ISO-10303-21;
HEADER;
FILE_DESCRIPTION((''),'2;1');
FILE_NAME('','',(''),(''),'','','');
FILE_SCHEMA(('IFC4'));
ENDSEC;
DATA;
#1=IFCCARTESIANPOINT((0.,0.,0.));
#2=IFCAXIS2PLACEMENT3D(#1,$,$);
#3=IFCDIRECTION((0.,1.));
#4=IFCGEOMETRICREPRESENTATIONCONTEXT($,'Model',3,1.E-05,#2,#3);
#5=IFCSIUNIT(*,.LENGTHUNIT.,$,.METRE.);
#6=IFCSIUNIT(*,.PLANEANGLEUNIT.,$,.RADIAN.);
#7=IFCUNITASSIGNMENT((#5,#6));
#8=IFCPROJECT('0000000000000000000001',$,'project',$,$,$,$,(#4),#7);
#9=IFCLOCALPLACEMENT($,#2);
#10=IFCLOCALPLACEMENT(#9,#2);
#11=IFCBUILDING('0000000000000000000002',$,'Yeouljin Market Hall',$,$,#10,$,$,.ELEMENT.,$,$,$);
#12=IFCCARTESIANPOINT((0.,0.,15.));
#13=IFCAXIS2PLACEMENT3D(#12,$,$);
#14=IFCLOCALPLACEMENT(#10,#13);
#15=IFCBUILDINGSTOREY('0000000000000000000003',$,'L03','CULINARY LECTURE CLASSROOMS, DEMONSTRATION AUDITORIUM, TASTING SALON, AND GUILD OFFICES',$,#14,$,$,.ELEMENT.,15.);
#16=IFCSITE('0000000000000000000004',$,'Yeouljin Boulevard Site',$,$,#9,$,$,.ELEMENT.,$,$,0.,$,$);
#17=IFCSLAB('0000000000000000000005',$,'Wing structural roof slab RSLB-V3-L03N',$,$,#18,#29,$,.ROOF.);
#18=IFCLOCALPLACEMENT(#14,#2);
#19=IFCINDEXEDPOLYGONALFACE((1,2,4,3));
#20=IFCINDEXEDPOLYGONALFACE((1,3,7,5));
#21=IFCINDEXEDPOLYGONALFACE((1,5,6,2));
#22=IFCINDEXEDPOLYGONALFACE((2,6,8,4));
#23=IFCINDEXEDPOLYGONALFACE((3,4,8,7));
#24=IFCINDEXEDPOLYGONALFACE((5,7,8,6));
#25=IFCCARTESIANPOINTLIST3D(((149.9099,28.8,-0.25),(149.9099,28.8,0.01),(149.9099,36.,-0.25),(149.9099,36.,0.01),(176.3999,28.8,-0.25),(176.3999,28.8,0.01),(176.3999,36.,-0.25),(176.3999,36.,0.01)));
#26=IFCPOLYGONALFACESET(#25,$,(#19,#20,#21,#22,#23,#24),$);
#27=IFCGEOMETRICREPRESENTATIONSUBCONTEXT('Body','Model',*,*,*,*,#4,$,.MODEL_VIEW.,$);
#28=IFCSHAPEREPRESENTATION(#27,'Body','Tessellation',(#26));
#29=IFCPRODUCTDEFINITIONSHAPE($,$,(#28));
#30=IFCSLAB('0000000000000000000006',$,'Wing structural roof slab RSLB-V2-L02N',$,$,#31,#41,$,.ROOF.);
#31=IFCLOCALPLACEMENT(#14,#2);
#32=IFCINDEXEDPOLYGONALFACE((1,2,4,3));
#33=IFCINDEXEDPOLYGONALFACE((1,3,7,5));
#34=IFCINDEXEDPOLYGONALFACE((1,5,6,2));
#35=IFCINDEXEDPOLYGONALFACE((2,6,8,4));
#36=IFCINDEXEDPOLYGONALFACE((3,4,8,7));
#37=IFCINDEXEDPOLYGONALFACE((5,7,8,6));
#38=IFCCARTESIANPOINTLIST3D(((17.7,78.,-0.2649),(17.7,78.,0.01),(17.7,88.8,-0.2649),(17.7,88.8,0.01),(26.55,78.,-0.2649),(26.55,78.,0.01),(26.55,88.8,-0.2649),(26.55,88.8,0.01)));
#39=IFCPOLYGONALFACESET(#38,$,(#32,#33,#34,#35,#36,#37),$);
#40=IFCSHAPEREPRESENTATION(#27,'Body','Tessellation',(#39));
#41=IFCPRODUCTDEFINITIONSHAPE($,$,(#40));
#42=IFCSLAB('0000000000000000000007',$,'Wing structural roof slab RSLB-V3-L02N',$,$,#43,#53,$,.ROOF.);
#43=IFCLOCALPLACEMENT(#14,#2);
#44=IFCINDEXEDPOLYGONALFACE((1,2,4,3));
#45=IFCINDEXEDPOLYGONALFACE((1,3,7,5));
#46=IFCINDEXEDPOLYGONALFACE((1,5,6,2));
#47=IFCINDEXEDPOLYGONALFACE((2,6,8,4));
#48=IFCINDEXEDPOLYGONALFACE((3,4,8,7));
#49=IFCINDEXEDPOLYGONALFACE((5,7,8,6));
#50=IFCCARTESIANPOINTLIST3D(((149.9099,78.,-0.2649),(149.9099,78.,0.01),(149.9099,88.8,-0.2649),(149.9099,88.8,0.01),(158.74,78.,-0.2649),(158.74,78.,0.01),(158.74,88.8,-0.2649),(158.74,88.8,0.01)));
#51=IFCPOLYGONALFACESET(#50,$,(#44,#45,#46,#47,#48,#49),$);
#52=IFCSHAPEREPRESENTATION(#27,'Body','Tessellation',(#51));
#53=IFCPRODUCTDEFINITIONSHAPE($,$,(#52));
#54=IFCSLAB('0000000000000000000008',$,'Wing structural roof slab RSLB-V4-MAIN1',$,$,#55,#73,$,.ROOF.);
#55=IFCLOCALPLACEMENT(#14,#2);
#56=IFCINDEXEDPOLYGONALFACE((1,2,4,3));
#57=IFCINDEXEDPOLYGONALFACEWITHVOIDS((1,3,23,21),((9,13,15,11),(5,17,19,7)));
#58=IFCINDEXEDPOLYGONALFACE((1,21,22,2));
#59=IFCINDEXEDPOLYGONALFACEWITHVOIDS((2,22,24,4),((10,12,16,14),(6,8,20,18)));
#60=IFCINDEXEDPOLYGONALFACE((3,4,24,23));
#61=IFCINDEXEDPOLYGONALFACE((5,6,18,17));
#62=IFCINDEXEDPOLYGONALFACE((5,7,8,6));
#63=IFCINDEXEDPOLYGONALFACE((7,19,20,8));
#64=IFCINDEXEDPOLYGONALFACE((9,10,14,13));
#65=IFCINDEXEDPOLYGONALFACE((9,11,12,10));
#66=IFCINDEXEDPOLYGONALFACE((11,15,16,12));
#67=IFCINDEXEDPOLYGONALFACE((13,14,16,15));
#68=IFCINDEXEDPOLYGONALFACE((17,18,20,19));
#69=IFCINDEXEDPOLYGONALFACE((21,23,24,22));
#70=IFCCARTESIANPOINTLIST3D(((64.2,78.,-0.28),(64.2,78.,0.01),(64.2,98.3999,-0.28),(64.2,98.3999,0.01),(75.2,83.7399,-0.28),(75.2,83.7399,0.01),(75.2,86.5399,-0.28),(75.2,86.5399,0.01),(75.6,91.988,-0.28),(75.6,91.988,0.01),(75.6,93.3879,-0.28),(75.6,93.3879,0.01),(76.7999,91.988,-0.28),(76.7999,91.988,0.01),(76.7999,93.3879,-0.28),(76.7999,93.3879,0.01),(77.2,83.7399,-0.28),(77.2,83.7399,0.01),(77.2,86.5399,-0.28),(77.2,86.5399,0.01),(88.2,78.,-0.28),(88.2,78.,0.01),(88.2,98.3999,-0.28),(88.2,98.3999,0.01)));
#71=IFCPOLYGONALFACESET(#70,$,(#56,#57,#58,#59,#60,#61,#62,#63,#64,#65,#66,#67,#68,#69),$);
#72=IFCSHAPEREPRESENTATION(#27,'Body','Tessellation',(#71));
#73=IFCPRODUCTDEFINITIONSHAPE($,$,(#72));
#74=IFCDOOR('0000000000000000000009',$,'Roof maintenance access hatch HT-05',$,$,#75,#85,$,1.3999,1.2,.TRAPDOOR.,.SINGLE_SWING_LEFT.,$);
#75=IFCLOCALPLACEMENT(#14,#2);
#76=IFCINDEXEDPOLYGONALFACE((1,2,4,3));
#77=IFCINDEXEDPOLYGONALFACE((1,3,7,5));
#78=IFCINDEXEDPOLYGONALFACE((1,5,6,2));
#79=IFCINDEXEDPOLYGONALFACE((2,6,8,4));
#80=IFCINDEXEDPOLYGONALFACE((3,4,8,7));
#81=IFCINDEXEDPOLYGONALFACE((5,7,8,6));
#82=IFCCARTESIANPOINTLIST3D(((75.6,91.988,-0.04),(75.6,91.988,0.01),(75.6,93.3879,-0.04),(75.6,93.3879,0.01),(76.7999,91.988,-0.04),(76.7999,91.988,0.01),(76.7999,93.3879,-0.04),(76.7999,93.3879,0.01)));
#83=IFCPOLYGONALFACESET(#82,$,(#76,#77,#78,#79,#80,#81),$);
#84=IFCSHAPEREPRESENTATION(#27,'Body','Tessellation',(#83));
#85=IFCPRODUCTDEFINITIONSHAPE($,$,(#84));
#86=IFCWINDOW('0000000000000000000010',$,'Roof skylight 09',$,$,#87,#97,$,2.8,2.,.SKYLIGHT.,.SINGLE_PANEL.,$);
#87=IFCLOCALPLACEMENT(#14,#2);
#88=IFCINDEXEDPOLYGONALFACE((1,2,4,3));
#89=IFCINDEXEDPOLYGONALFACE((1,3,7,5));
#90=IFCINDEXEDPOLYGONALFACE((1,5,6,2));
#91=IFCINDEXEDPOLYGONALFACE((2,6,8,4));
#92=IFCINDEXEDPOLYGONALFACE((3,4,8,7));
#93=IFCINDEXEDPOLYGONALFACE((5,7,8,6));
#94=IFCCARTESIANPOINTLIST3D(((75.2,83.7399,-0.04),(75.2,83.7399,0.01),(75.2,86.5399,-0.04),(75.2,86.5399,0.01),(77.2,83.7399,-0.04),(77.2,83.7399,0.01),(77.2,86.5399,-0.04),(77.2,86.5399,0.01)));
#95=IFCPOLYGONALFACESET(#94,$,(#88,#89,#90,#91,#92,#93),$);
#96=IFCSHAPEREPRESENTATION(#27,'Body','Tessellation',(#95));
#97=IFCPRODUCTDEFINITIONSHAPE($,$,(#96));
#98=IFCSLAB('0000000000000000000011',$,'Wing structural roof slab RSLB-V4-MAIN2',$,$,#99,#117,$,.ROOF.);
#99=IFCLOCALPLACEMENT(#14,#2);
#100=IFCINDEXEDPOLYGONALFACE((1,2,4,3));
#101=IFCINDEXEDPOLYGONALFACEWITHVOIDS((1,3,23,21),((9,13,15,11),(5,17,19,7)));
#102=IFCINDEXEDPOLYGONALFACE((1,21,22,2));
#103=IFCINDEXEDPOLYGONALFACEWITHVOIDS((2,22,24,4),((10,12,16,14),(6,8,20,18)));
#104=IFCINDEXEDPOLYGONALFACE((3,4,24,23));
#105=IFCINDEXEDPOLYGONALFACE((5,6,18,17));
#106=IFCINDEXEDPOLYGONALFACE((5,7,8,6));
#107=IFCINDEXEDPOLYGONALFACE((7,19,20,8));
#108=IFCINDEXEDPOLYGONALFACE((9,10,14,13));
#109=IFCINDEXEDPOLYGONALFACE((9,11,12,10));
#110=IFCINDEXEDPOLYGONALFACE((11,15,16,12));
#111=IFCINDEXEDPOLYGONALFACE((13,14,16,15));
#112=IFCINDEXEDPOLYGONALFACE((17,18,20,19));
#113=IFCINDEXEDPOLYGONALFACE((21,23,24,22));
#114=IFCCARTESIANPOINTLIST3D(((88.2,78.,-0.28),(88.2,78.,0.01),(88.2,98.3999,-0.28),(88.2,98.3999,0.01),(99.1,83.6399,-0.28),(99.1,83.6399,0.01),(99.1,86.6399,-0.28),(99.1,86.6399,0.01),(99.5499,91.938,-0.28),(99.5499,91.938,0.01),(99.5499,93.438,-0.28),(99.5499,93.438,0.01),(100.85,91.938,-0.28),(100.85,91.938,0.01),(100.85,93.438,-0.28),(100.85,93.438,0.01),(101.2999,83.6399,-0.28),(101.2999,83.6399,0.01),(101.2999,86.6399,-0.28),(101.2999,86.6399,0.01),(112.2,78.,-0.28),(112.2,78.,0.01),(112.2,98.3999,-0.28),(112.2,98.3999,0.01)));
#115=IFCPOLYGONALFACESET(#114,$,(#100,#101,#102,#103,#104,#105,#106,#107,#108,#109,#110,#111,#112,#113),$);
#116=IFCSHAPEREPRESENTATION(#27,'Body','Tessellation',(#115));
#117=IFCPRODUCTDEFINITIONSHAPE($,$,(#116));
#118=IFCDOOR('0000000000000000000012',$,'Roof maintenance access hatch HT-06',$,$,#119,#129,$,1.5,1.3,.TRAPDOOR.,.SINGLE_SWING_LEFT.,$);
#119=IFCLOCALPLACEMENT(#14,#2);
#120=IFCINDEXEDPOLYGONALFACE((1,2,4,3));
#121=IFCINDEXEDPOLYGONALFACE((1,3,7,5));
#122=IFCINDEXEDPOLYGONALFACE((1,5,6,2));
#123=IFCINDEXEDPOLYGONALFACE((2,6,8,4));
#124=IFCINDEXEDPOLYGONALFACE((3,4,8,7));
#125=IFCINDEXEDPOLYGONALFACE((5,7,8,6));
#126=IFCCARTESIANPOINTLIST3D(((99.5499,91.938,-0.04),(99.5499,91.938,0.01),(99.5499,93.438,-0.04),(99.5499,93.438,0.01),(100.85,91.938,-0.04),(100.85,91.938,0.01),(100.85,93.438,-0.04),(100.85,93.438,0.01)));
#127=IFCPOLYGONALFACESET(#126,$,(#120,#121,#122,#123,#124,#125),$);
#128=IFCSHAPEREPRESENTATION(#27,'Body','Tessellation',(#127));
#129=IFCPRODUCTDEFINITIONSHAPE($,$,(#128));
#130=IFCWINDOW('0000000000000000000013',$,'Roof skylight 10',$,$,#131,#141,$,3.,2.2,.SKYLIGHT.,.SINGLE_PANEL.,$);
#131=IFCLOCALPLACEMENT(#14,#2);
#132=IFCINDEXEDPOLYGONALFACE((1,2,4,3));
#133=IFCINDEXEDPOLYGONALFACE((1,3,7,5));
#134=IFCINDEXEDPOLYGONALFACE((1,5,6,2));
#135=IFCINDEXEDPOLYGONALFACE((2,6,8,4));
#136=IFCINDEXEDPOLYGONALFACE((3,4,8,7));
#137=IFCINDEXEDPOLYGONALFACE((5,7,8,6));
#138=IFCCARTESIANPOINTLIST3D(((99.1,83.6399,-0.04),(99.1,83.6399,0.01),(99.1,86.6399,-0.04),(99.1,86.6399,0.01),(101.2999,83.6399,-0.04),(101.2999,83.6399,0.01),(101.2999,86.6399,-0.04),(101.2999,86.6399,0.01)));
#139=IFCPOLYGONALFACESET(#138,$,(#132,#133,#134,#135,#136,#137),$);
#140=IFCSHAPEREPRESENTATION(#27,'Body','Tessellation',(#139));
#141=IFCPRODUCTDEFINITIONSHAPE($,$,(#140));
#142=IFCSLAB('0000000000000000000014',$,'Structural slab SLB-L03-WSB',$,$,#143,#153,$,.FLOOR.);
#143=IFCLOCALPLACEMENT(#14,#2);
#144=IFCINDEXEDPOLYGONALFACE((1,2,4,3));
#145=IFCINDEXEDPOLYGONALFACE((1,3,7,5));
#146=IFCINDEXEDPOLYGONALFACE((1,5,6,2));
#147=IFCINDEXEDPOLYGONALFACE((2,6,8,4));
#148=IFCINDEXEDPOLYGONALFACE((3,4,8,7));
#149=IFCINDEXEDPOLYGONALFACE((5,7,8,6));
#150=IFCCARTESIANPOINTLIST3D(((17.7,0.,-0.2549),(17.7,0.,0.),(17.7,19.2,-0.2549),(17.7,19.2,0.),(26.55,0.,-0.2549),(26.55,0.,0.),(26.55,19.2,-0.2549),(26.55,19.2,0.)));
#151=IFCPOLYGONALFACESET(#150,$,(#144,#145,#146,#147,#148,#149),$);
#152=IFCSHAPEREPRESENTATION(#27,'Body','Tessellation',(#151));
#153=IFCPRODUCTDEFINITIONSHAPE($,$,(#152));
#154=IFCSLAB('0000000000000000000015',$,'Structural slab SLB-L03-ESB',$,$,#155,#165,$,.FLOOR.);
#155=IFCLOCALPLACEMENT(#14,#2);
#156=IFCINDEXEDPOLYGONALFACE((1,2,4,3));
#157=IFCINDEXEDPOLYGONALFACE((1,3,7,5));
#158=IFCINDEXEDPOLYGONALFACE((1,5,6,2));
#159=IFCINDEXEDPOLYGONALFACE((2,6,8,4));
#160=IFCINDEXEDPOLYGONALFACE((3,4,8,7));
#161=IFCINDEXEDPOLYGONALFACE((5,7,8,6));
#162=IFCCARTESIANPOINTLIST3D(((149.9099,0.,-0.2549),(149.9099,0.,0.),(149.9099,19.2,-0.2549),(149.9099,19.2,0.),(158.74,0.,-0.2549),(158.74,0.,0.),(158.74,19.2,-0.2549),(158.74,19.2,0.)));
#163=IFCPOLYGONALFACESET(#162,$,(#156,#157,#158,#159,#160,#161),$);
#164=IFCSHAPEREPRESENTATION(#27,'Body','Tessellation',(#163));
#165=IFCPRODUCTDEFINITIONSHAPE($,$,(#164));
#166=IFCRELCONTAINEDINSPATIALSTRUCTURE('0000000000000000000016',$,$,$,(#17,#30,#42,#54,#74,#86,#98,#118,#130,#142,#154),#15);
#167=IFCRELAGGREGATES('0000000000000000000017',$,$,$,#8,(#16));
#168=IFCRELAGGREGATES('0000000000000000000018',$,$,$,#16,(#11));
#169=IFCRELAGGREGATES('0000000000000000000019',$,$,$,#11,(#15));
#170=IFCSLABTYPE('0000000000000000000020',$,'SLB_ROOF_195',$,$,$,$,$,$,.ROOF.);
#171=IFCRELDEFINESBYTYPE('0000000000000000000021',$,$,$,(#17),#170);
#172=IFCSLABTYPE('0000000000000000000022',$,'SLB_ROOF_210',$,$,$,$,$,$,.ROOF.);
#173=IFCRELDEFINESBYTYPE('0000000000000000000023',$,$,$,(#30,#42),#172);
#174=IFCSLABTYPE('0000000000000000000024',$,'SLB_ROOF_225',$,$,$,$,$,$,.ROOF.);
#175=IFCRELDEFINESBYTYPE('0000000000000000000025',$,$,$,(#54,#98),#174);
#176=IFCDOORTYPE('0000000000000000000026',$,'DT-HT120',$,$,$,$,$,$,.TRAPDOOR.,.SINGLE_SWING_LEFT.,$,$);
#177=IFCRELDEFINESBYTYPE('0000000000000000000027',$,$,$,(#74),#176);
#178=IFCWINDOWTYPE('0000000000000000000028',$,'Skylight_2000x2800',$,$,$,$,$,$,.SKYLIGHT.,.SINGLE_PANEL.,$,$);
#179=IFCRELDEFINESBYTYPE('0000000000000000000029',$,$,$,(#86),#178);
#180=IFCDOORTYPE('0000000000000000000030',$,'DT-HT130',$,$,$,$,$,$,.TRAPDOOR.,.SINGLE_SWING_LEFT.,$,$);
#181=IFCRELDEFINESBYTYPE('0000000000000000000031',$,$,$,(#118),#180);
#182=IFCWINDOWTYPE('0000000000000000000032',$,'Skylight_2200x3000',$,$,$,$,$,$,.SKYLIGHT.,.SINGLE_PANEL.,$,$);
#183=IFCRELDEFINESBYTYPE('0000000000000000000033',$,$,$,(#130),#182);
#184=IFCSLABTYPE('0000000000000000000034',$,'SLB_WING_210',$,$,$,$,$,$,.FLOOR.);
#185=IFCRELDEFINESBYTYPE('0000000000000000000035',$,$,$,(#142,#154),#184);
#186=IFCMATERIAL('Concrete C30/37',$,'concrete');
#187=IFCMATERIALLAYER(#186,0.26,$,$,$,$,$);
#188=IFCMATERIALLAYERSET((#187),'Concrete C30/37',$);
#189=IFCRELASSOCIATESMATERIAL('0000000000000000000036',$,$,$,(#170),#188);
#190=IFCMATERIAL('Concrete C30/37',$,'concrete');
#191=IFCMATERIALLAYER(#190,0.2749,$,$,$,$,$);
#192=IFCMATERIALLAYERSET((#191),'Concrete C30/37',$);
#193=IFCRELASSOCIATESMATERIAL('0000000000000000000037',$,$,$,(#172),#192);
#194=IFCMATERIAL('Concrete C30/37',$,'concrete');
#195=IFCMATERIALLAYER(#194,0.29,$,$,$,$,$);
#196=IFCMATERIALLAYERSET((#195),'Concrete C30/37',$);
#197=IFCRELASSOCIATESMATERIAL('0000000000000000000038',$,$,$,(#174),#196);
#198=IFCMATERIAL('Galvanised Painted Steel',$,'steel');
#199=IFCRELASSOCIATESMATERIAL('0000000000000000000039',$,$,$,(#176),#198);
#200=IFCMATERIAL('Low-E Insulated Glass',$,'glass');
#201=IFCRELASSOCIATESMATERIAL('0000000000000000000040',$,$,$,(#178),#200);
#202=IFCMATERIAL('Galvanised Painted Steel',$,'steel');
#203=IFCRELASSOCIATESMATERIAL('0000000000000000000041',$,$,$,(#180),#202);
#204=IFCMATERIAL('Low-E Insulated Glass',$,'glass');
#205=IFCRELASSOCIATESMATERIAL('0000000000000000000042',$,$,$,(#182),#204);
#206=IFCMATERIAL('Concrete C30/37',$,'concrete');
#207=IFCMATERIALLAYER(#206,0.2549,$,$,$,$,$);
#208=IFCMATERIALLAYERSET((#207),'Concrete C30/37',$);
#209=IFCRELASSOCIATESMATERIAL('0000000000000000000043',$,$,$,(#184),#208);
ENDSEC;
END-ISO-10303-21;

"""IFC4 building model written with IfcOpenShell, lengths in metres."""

from ifc_helpers import new_model, si_unit, direction, frame, origin, origin_2d, place, context, subcontext, project, spatial, polyline, rectangle, outline, extrude, material, layer, layer_set, type_object, element, fill, save


model = new_model("IFC4")

# Units and contexts
model_context = context("Model", 3, precision=1e-05, world=origin(), true_north=direction((0.0, 1.0)))
body_context = subcontext(model_context, "Body", "Model", "MODEL_VIEW")
ifc_project = project(units=[si_unit("LENGTHUNIT", "METRE"), si_unit("PLANEANGLEUNIT", "RADIAN")], contexts=[model_context])

# Site, building, storey
site_placement = place(None, origin())
site = spatial("IfcSite", under=ifc_project, at=site_placement, Name="Yeouljin Boulevard Site", CompositionType="ELEMENT", RefElevation=0.0)
building_placement = place(site_placement, origin())
building = spatial("IfcBuilding", under=site, at=building_placement, Name="Yeouljin Market Hall", CompositionType="ELEMENT")
storey_placement = place(building_placement, frame((0.0, 0.0, 15.0)))
storey = spatial("IfcBuildingStorey", under=building, at=storey_placement, Name="L03", Description="CULINARY LECTURE CLASSROOMS, DEMONSTRATION AUDITORIUM, TASTING SALON, AND GUILD OFFICES", CompositionType="ELEMENT", Elevation=15.0)

# Slabs
ifc_material_1 = material(Name="Concrete C30/37", Category="concrete")
ifc_layer_1 = layer(ifc_material_1, 0.26)
ifc_layer_set_1 = layer_set([ifc_layer_1], Name="Concrete C30/37")
slab_type_1 = type_object("IfcSlabType", Name="SLB_ROOF_195", PredefinedType="ROOF", material=ifc_layer_set_1)
slab_1_placement = place(storey_placement, frame((0.0, 0.0, -0.25)))
element("IfcSlab", 1, at=slab_1_placement, inside=storey, type_object=slab_type_1, Name="Wing structural roof slab RSLB-V3-L03N", PredefinedType="ROOF", context=body_context, shape_type="SweptSolid", body=[
    extrude(outline(polyline([(149.9099, 28.8), (176.3999, 28.8), (176.3999, 36.0), (149.9099, 36.0), (149.9099, 28.8)])), origin(), (0.0, 0.0, 1.0), 0.26),
])
ifc_material_2 = material(Name="Concrete C30/37", Category="concrete")
ifc_layer_2 = layer(ifc_material_2, 0.2749)
ifc_layer_set_2 = layer_set([ifc_layer_2], Name="Concrete C30/37")
slab_type_2 = type_object("IfcSlabType", Name="SLB_ROOF_210", PredefinedType="ROOF", material=ifc_layer_set_2)
slab_2_placement = place(storey_placement, frame((0.0, 0.0, -0.2649)))
element("IfcSlab", 2, at=slab_2_placement, inside=storey, type_object=slab_type_2, Name="Wing structural roof slab RSLB-V2-L02N", PredefinedType="ROOF", context=body_context, shape_type="SweptSolid", body=[
    extrude(outline(polyline([(17.7, 78.0), (26.55, 78.0), (26.55, 88.8), (17.7, 88.8), (17.7, 78.0)])), origin(), (0.0, 0.0, 1.0), 0.2749),
])
slab_3_placement = place(storey_placement, frame((0.0, 0.0, -0.2649)))
element("IfcSlab", 3, at=slab_3_placement, inside=storey, type_object=slab_type_2, Name="Wing structural roof slab RSLB-V3-L02N", PredefinedType="ROOF", context=body_context, shape_type="SweptSolid", body=[
    extrude(outline(polyline([(149.9099, 78.0), (158.74, 78.0), (158.74, 88.8), (149.9099, 88.8), (149.9099, 78.0)])), origin(), (0.0, 0.0, 1.0), 0.2749),
])

# Slabs, openings, doors, windows
ifc_material_3 = material(Name="Concrete C30/37", Category="concrete")
ifc_layer_3 = layer(ifc_material_3, 0.29)
ifc_layer_set_3 = layer_set([ifc_layer_3], Name="Concrete C30/37")
slab_type_3 = type_object("IfcSlabType", Name="SLB_ROOF_225", PredefinedType="ROOF", material=ifc_layer_set_3)
slab_4_placement = place(storey_placement, frame((0.0, 0.0, -0.28)))
slab_4 = element("IfcSlab", 4, at=slab_4_placement, inside=storey, type_object=slab_type_3, Name="Wing structural roof slab RSLB-V4-MAIN1", PredefinedType="ROOF", context=body_context, shape_type="SweptSolid", body=[
    extrude(outline(polyline([(64.2, 78.0), (88.2, 78.0), (88.2, 98.3999), (64.2, 98.3999), (64.2, 78.0)])), origin(), (0.0, 0.0, 1.0), 0.29),
])
opening_1_placement = place(slab_4_placement, frame((76.2, 85.1399, 0.0)))
opening_1 = element("IfcOpeningElement", 5, at=opening_1_placement, cuts=slab_4, PredefinedType="OPENING", context=body_context, shape_type="SweptSolid", body=[
    extrude(rectangle(XDim=2.0, YDim=2.8, at=origin_2d()), origin(), (0.0, 0.0, 1.0), 0.29),
])
opening_2_placement = place(slab_4_placement, frame((76.2, 92.688, 0.0)))
opening_2 = element("IfcOpeningElement", 6, at=opening_2_placement, cuts=slab_4, PredefinedType="OPENING", context=body_context, shape_type="SweptSolid", body=[
    extrude(rectangle(XDim=1.2, YDim=1.3999, at=origin_2d()), origin(), (0.0, 0.0, 1.0), 0.29),
])
ifc_material_4 = material(Name="Galvanised Painted Steel", Category="steel")
door_type_1 = type_object("IfcDoorType", Name="DT-HT120", OperationType="SINGLE_SWING_LEFT", PredefinedType="TRAPDOOR", material=ifc_material_4)
door_1_placement = place(opening_2_placement, frame((0.0, 0.0, 0.24)))
door_1 = element("IfcDoor", 7, at=door_1_placement, inside=storey, type_object=door_type_1, Name="Roof maintenance access hatch HT-05", OperationType="SINGLE_SWING_LEFT", OverallHeight=1.3999, OverallWidth=1.2, PredefinedType="TRAPDOOR", context=body_context, shape_type="SweptSolid", body=[
    extrude(rectangle(XDim=1.2, YDim=1.3999, at=origin_2d()), origin(), (0.0, 0.0, 1.0), 0.05),
])
fill(opening_2, door_1)
ifc_material_5 = material(Name="Low-E Insulated Glass", Category="glass")
window_type_1 = type_object("IfcWindowType", Name="Skylight_2000x2800", PartitioningType="SINGLE_PANEL", PredefinedType="SKYLIGHT", material=ifc_material_5)
window_1_placement = place(opening_1_placement, frame((0.0, 0.0, 0.24)))
window_1 = element("IfcWindow", 8, at=window_1_placement, inside=storey, type_object=window_type_1, Name="Roof skylight 09", OverallHeight=2.8, OverallWidth=2.0, PartitioningType="SINGLE_PANEL", PredefinedType="SKYLIGHT", context=body_context, shape_type="SweptSolid", body=[
    extrude(rectangle(XDim=2.0, YDim=2.8, at=origin_2d()), origin(), (0.0, 0.0, 1.0), 0.05),
])
fill(opening_1, window_1)
slab_5_placement = place(storey_placement, frame((0.0, 0.0, -0.28)))
slab_5 = element("IfcSlab", 9, at=slab_5_placement, inside=storey, type_object=slab_type_3, Name="Wing structural roof slab RSLB-V4-MAIN2", PredefinedType="ROOF", context=body_context, shape_type="SweptSolid", body=[
    extrude(outline(polyline([(88.2, 78.0), (112.2, 78.0), (112.2, 98.3999), (88.2, 98.3999), (88.2, 78.0)])), origin(), (0.0, 0.0, 1.0), 0.29),
])
opening_3_placement = place(slab_5_placement, frame((100.2, 85.1399, 0.0)))
opening_3 = element("IfcOpeningElement", 10, at=opening_3_placement, cuts=slab_5, PredefinedType="OPENING", context=body_context, shape_type="SweptSolid", body=[
    extrude(rectangle(XDim=2.2, YDim=3.0, at=origin_2d()), origin(), (0.0, 0.0, 1.0), 0.29),
])
opening_4_placement = place(slab_5_placement, frame((100.2, 92.688, 0.0)))
opening_4 = element("IfcOpeningElement", 11, at=opening_4_placement, cuts=slab_5, PredefinedType="OPENING", context=body_context, shape_type="SweptSolid", body=[
    extrude(rectangle(XDim=1.3, YDim=1.5, at=origin_2d()), origin(), (0.0, 0.0, 1.0), 0.29),
])
ifc_material_6 = material(Name="Galvanised Painted Steel", Category="steel")
door_type_2 = type_object("IfcDoorType", Name="DT-HT130", OperationType="SINGLE_SWING_LEFT", PredefinedType="TRAPDOOR", material=ifc_material_6)
door_2_placement = place(opening_4_placement, frame((0.0, 0.0, 0.24)))
door_2 = element("IfcDoor", 12, at=door_2_placement, inside=storey, type_object=door_type_2, Name="Roof maintenance access hatch HT-06", OperationType="SINGLE_SWING_LEFT", OverallHeight=1.5, OverallWidth=1.3, PredefinedType="TRAPDOOR", context=body_context, shape_type="SweptSolid", body=[
    extrude(rectangle(XDim=1.3, YDim=1.5, at=origin_2d()), origin(), (0.0, 0.0, 1.0), 0.05),
])
fill(opening_4, door_2)
ifc_material_7 = material(Name="Low-E Insulated Glass", Category="glass")
window_type_2 = type_object("IfcWindowType", Name="Skylight_2200x3000", PartitioningType="SINGLE_PANEL", PredefinedType="SKYLIGHT", material=ifc_material_7)
window_2_placement = place(opening_3_placement, frame((0.0, 0.0, 0.24)))
window_2 = element("IfcWindow", 13, at=window_2_placement, inside=storey, type_object=window_type_2, Name="Roof skylight 10", OverallHeight=3.0, OverallWidth=2.2, PartitioningType="SINGLE_PANEL", PredefinedType="SKYLIGHT", context=body_context, shape_type="SweptSolid", body=[
    extrude(rectangle(XDim=2.2, YDim=3.0, at=origin_2d()), origin(), (0.0, 0.0, 1.0), 0.05),
])
fill(opening_3, window_2)

# Slabs
ifc_material_8 = material(Name="Concrete C30/37", Category="concrete")
ifc_layer_4 = layer(ifc_material_8, 0.2549)
ifc_layer_set_4 = layer_set([ifc_layer_4], Name="Concrete C30/37")
slab_type_4 = type_object("IfcSlabType", Name="SLB_WING_210", PredefinedType="FLOOR", material=ifc_layer_set_4)
slab_6_placement = place(storey_placement, frame((0.0, 0.0, -0.2549)))
element("IfcSlab", 14, at=slab_6_placement, inside=storey, type_object=slab_type_4, Name="Structural slab SLB-L03-WSB", PredefinedType="FLOOR", context=body_context, shape_type="SweptSolid", body=[
    extrude(outline(polyline([(17.7, 0.0), (26.55, 0.0), (26.55, 19.2), (17.7, 19.2), (17.7, 0.0)])), origin(), (0.0, 0.0, 1.0), 0.2549),
])
slab_7_placement = place(storey_placement, frame((0.0, 0.0, -0.2549)))
element("IfcSlab", 15, at=slab_7_placement, inside=storey, type_object=slab_type_4, Name="Structural slab SLB-L03-ESB", PredefinedType="FLOOR", context=body_context, shape_type="SweptSolid", body=[
    extrude(outline(polyline([(149.9099, 0.0), (158.74, 0.0), (158.74, 19.2), (149.9099, 19.2), (149.9099, 0.0)])), origin(), (0.0, 0.0, 1.0), 0.2549),
])

save(model, "model.ifc")
